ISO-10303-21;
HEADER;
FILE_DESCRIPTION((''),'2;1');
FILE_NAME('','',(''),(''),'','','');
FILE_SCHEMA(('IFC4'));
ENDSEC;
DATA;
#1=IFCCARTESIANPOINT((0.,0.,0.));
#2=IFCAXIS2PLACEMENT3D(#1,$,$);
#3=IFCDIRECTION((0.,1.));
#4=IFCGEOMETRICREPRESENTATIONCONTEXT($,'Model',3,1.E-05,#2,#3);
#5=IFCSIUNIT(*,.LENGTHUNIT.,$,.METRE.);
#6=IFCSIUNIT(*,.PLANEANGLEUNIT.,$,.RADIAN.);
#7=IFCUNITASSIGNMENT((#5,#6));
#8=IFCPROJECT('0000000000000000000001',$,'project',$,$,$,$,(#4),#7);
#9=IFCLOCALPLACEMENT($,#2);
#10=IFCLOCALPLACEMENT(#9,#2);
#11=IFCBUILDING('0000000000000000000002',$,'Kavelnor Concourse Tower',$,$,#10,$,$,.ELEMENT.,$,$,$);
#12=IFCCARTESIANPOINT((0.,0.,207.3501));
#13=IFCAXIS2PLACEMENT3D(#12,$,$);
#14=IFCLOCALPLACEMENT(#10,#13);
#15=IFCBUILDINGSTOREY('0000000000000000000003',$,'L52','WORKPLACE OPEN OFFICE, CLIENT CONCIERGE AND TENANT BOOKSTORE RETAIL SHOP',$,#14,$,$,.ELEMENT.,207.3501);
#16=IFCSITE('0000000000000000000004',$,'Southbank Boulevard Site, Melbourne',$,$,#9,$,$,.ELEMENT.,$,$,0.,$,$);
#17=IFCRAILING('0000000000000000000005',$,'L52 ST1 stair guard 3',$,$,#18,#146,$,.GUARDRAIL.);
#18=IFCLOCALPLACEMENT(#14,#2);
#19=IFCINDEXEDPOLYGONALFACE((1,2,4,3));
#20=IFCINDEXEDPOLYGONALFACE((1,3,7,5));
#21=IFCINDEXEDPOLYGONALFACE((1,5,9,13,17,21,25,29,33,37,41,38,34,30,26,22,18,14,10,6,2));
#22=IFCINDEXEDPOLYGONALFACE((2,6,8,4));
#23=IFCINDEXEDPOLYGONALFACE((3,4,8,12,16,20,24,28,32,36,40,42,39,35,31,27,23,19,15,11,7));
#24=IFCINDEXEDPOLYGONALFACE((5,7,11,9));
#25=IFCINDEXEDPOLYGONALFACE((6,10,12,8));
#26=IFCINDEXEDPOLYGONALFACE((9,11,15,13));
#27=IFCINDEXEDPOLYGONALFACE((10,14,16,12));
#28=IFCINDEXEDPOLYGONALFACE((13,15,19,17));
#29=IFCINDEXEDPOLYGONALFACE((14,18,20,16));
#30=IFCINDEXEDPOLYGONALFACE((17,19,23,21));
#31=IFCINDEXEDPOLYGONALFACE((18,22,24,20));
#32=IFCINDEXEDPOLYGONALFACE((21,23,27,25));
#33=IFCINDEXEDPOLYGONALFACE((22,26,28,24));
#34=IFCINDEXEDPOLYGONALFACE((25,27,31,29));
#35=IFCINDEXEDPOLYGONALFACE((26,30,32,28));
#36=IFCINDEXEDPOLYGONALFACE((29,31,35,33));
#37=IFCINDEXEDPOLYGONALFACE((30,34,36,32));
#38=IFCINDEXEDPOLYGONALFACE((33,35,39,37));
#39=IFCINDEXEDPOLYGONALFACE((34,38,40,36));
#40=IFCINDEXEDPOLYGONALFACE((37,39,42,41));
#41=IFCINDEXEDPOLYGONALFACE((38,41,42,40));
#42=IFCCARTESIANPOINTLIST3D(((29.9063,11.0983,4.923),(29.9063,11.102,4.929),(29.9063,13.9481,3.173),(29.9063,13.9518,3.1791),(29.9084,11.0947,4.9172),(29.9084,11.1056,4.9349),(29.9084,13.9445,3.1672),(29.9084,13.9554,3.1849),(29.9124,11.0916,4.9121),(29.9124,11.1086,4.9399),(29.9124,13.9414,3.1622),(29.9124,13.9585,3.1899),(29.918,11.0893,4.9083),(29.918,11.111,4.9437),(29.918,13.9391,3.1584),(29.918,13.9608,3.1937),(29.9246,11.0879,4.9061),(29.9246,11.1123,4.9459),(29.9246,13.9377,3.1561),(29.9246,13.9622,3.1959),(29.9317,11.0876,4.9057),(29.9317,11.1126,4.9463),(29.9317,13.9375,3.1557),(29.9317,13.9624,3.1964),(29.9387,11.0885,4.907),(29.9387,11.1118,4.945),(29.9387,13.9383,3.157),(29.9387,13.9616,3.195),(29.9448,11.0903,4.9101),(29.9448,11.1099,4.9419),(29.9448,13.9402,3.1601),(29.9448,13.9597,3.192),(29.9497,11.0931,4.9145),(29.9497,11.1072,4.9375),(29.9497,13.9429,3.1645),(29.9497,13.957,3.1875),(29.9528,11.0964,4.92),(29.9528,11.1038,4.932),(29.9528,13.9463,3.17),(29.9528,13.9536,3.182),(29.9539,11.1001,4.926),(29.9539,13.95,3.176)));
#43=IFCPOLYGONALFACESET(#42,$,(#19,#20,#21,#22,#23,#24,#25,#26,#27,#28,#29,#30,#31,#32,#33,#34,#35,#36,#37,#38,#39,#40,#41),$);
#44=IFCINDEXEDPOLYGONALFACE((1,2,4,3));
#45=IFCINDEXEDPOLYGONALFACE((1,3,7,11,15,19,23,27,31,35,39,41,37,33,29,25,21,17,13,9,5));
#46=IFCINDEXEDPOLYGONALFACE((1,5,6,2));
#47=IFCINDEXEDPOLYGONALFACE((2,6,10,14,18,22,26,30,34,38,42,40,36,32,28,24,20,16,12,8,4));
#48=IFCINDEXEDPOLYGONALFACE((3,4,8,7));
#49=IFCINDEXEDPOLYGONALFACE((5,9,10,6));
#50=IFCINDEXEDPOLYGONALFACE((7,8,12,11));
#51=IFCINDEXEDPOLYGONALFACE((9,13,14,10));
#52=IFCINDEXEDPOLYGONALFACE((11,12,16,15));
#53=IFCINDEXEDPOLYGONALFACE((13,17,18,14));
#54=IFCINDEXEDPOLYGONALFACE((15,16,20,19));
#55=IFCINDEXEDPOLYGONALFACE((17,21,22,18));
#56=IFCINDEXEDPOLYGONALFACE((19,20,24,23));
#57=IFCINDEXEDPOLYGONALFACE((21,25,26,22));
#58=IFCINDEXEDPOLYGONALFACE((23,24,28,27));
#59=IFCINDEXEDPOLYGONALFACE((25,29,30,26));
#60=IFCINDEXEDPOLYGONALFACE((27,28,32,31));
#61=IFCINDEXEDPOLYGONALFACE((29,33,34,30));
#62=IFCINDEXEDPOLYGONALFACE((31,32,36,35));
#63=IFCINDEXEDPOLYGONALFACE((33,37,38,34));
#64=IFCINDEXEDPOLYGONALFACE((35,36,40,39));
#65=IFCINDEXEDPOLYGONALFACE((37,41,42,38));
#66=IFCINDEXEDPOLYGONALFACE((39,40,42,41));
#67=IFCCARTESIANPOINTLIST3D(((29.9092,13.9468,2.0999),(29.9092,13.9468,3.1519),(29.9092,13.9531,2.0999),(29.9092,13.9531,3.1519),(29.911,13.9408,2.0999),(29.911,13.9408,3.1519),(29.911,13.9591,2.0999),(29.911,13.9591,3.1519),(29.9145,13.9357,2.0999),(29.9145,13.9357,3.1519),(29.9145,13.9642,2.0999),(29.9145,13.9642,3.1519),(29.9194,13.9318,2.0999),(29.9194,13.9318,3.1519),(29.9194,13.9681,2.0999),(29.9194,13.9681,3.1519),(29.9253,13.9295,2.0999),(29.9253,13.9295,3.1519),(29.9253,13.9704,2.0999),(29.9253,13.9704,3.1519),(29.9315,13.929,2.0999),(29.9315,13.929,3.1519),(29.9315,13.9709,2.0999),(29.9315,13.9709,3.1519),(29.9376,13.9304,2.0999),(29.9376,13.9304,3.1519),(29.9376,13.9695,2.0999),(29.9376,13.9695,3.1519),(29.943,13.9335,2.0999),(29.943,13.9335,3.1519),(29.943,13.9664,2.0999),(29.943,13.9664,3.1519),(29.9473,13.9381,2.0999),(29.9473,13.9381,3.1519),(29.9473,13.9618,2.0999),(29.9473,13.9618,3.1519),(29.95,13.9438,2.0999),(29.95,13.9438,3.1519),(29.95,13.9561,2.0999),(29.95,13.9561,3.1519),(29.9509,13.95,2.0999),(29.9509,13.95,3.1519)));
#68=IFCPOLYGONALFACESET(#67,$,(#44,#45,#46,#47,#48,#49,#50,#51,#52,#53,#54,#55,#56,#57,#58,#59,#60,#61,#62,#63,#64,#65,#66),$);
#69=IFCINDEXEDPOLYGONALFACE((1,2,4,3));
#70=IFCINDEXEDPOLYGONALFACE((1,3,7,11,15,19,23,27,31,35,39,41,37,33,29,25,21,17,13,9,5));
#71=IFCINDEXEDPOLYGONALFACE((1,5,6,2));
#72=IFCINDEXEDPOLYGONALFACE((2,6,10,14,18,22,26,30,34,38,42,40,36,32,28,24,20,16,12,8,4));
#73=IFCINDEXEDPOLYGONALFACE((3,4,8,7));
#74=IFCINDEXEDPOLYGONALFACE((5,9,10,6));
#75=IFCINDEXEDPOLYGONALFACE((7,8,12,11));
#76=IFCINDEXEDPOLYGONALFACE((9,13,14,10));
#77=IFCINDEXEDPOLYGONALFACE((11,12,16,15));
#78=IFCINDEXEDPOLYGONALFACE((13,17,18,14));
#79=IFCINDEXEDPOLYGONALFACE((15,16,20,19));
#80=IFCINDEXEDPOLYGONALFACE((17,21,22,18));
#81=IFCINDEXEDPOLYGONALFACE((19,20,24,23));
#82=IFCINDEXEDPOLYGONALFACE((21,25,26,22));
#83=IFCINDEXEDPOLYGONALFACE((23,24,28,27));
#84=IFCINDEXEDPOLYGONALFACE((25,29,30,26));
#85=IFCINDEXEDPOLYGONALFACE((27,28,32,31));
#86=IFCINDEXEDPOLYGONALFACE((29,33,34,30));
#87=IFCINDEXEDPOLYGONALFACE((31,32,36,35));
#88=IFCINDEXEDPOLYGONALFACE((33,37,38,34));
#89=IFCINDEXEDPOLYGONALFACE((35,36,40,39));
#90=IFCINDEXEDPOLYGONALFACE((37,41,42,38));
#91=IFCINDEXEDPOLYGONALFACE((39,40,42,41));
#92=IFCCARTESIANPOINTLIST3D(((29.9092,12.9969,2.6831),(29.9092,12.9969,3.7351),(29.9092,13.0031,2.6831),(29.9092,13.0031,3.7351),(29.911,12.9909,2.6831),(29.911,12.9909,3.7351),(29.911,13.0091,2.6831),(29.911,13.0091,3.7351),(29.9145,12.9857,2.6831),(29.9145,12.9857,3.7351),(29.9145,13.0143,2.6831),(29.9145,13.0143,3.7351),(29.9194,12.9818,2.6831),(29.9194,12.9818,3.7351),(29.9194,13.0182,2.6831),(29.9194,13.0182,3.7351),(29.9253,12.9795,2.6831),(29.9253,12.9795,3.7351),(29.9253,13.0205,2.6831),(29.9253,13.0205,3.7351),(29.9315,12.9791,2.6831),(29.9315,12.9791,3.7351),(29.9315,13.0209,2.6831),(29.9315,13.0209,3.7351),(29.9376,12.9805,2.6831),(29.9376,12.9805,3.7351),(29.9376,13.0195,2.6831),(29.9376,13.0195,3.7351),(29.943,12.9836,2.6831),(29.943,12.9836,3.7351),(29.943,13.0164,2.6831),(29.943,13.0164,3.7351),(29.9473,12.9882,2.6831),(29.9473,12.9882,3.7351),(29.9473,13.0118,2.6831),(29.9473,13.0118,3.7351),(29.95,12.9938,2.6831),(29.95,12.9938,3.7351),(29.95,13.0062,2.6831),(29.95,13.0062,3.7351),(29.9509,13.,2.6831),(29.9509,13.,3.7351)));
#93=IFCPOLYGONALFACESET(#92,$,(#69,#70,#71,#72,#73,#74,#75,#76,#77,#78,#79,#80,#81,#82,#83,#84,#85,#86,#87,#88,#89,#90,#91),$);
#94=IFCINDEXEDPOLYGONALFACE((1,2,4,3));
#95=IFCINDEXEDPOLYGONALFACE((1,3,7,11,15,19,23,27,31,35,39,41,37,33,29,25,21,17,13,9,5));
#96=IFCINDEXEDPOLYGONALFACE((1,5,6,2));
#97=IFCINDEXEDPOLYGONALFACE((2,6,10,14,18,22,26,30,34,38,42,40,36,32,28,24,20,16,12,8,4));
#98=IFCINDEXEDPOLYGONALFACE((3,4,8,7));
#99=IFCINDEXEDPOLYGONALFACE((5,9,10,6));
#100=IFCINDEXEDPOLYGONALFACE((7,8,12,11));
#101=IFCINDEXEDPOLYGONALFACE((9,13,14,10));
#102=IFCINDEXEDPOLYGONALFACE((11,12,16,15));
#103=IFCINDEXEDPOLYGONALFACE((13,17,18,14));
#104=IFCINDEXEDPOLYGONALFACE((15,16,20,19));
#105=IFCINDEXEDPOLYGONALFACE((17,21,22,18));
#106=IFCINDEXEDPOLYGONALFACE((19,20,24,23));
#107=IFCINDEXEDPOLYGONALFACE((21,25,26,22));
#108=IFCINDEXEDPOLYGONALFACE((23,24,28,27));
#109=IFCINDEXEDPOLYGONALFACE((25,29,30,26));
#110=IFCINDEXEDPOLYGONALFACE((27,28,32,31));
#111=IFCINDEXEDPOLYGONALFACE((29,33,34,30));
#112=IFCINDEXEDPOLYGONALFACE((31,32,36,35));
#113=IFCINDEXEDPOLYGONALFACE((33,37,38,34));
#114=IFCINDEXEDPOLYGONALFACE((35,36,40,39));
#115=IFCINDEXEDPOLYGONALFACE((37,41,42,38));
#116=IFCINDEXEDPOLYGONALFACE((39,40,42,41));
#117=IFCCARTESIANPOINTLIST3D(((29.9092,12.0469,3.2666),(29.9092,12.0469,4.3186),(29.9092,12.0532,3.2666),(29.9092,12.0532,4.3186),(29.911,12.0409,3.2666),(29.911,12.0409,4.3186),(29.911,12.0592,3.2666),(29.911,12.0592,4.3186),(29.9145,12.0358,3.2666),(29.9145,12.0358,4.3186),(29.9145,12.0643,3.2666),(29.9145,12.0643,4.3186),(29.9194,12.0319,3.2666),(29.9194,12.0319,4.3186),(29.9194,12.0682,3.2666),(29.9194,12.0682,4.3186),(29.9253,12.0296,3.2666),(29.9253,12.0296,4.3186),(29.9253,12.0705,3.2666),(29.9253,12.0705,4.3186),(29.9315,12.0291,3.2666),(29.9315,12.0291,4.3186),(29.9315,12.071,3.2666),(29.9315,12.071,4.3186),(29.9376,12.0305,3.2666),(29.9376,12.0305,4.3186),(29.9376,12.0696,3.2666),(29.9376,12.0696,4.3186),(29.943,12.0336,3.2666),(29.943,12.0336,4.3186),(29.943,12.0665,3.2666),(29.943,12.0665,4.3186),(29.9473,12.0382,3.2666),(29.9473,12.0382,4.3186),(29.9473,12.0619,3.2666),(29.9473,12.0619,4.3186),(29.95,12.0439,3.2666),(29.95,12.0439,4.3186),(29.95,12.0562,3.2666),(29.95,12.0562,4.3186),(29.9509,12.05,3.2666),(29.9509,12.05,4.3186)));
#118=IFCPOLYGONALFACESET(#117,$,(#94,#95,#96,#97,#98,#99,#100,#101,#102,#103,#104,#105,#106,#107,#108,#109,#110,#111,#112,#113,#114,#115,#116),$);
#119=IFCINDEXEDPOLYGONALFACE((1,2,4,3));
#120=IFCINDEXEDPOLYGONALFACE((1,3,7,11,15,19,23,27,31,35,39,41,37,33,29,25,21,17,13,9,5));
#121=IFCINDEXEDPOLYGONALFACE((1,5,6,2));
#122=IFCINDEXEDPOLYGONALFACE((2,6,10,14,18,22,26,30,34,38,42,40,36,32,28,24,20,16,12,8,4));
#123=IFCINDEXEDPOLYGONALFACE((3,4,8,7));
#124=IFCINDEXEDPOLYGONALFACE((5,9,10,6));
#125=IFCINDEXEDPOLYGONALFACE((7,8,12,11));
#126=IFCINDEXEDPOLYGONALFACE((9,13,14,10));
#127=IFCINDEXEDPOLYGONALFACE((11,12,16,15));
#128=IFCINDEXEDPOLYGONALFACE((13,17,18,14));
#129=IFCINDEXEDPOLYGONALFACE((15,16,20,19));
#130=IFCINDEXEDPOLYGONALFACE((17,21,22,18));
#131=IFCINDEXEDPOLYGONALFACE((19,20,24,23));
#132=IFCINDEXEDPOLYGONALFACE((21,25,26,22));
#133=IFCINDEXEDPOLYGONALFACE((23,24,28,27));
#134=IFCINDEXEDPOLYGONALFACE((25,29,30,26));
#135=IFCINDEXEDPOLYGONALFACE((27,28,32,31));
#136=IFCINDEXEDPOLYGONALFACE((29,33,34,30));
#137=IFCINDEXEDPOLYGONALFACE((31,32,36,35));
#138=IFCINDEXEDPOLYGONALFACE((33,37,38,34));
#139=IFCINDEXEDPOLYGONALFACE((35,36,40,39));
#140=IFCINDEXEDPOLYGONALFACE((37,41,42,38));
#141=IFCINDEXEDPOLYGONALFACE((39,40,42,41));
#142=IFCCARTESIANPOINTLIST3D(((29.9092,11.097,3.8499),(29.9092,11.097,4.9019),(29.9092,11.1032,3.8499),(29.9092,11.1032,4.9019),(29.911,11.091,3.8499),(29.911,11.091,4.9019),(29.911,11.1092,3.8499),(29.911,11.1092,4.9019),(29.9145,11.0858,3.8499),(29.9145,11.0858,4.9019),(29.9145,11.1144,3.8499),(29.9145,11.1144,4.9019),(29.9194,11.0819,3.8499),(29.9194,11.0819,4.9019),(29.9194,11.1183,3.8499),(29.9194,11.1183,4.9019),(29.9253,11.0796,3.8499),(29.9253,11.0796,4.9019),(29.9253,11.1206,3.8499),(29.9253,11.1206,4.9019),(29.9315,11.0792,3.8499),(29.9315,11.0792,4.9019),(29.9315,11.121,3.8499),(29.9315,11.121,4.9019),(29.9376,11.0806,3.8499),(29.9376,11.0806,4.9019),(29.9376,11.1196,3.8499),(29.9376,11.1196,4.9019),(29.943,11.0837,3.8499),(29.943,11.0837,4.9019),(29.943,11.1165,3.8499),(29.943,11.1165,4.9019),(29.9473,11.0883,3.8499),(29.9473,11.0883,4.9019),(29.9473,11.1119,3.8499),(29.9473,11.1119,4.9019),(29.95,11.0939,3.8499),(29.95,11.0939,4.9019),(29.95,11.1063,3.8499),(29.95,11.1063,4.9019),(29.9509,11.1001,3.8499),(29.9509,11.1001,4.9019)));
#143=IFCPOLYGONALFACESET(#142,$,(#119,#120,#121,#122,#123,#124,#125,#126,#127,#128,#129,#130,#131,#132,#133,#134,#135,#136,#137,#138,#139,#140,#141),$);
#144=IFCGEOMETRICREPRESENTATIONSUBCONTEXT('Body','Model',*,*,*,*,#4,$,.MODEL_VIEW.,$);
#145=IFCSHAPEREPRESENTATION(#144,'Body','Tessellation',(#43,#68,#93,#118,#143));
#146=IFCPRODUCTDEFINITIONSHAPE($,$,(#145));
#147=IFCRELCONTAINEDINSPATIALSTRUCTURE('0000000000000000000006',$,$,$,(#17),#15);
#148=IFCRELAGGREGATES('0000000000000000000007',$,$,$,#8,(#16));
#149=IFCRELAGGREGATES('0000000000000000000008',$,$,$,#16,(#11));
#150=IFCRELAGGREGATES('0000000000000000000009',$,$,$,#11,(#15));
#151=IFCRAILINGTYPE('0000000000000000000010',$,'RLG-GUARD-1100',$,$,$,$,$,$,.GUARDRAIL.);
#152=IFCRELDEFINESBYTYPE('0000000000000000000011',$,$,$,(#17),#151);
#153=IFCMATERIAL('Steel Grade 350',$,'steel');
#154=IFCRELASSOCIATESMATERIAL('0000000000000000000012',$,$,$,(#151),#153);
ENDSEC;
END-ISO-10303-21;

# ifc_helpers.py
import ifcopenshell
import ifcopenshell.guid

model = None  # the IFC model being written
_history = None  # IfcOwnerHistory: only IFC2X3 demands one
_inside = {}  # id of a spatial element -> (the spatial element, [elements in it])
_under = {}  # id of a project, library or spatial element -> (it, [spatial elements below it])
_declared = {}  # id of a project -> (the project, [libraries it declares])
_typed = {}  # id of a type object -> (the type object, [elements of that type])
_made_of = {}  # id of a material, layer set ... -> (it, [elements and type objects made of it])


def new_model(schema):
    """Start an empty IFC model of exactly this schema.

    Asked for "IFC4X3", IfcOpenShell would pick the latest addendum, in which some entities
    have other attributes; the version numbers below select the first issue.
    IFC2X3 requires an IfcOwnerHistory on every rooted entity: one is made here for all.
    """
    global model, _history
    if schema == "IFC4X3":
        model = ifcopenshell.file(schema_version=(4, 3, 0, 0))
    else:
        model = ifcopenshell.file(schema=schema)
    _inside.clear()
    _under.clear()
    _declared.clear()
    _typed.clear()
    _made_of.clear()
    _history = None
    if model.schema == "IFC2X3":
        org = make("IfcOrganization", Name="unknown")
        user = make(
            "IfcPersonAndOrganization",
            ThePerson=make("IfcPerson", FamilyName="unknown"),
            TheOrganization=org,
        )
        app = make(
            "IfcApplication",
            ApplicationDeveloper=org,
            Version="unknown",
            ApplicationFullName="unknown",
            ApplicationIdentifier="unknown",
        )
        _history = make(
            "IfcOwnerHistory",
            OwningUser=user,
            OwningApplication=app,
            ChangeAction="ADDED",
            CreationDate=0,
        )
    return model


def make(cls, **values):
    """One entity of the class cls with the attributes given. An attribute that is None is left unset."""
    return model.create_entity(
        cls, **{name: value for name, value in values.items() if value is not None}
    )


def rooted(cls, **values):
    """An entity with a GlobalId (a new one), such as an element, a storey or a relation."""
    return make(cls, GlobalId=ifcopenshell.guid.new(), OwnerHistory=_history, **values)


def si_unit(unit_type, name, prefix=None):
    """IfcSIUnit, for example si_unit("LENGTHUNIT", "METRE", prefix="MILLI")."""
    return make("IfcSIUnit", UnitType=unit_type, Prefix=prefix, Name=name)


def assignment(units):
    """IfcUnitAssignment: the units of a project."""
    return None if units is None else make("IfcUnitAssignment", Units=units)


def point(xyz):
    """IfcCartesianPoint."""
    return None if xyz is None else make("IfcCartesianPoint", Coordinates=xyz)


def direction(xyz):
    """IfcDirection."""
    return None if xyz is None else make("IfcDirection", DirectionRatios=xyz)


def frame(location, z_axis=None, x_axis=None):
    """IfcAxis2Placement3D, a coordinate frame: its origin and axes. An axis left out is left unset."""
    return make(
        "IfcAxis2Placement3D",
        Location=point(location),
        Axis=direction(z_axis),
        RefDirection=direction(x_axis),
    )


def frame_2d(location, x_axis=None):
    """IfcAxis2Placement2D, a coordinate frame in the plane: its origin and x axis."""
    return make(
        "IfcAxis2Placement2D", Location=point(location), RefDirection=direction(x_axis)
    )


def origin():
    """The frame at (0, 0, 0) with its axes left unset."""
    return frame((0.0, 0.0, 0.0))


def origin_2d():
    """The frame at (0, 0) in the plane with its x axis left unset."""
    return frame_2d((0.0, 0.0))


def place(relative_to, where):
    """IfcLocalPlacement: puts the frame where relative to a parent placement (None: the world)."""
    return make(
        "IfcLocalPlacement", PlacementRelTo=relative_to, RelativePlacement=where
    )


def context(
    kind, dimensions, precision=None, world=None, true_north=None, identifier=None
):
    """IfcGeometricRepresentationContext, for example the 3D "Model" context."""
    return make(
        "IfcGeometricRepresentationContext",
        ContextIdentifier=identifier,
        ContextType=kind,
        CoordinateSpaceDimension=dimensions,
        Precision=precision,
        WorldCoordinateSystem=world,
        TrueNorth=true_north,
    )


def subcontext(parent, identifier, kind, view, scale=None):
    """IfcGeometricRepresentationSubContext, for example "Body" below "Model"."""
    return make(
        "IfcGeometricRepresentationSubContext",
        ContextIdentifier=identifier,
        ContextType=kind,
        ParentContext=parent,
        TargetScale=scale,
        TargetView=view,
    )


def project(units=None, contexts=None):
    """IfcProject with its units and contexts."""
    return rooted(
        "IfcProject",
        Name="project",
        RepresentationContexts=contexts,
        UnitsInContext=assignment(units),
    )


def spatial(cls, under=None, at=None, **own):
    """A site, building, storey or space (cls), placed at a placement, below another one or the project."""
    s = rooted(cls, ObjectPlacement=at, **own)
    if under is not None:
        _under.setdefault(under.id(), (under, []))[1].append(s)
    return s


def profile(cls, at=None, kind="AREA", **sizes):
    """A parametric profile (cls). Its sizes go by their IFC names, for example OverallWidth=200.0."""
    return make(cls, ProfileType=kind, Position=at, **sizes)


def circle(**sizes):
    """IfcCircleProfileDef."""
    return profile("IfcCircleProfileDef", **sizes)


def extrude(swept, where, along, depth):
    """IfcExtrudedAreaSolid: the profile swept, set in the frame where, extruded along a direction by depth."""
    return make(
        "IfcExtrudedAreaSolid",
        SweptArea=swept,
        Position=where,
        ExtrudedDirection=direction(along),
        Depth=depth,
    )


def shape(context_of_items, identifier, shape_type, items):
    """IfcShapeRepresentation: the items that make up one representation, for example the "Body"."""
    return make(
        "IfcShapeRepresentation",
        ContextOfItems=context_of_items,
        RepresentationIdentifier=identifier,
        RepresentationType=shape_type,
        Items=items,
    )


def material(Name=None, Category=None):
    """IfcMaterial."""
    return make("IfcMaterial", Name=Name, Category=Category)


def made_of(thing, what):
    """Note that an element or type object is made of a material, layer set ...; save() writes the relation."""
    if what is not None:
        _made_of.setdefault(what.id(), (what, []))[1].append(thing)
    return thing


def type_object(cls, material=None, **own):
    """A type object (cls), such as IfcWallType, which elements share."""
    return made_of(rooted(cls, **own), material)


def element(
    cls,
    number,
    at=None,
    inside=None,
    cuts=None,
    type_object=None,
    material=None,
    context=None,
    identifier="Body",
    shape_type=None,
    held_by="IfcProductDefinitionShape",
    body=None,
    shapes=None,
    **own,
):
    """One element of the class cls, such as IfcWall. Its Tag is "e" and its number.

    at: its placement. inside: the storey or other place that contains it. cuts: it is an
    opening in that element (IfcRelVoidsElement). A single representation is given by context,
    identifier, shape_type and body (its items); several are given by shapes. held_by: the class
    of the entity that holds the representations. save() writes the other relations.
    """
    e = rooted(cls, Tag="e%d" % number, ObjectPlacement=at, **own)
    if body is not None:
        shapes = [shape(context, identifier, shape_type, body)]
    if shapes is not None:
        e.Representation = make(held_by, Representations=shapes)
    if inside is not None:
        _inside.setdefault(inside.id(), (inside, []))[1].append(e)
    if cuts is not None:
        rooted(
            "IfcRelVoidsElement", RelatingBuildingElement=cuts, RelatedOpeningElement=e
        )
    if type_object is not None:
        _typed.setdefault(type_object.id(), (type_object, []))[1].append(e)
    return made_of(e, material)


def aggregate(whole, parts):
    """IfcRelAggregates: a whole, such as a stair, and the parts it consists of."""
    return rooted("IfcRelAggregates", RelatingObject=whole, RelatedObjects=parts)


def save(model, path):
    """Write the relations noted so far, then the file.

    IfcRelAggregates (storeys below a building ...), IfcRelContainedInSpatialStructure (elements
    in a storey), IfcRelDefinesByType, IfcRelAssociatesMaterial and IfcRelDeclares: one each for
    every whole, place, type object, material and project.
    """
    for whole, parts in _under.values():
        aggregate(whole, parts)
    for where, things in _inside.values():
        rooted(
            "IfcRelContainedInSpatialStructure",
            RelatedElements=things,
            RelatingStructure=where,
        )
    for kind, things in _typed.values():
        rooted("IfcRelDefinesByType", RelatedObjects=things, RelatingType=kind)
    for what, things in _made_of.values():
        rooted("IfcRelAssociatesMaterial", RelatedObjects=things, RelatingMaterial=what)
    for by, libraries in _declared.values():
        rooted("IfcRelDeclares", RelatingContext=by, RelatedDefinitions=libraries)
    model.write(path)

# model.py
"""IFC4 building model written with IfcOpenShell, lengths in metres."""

from ifc_helpers import new_model, si_unit, direction, frame, origin, origin_2d, place, context, subcontext, project, spatial, circle, extrude, material, type_object, element, save


model = new_model("IFC4")

# Units and contexts
model_context = context("Model", 3, precision=1e-05, world=origin(), true_north=direction((0.0, 1.0)))
body_context = subcontext(model_context, "Body", "Model", "MODEL_VIEW")
ifc_project = project(units=[si_unit("LENGTHUNIT", "METRE"), si_unit("PLANEANGLEUNIT", "RADIAN")], contexts=[model_context])

# Site, building, storey
site_placement = place(None, origin())
site = spatial("IfcSite", under=ifc_project, at=site_placement, Name="Southbank Boulevard Site, Melbourne", CompositionType="ELEMENT", RefElevation=0.0)
building_placement = place(site_placement, origin())
building = spatial("IfcBuilding", under=site, at=building_placement, Name="Kavelnor Concourse Tower", CompositionType="ELEMENT")
storey_placement = place(building_placement, frame((0.0, 0.0, 207.3501)))
storey = spatial("IfcBuildingStorey", under=building, at=storey_placement, Name="L52", Description="WORKPLACE OPEN OFFICE, CLIENT CONCIERGE AND TENANT BOOKSTORE RETAIL SHOP", CompositionType="ELEMENT", Elevation=207.3501)

# Shared definitions
ifc_material_1 = material(Name="Steel Grade 350", Category="steel")

# Railing
railing_type_1 = type_object("IfcRailingType", Name="RLG-GUARD-1100", PredefinedType="GUARDRAIL", material=ifc_material_1)
railing_1_placement = place(storey_placement, frame((29.9299, 13.95, 2.0999)))
element("IfcRailing", 1, at=railing_1_placement, inside=storey, type_object=railing_type_1, Name="L52 ST1 stair guard 3", PredefinedType="GUARDRAIL", context=body_context, shape_type="SweptSolid", body=[
    extrude(circle(Radius=0.0239, at=origin_2d()), frame((0.0, 0.0, 1.0762), z_axis=(0.0, -0.852159, 0.523283), x_axis=(1.0, 0.0, 0.0)), (0.0, 0.0, 1.0), 3.3442),
    extrude(circle(Radius=0.021, at=origin_2d()), origin(), (0.0, 0.0, 1.0), 1.052),
    extrude(circle(Radius=0.021, at=origin_2d()), frame((0.0, -0.95, 0.5833)), (0.0, 0.0, 1.0), 1.052),
    extrude(circle(Radius=0.021, at=origin_2d()), frame((0.0, -1.8999, 1.1667)), (0.0, 0.0, 1.0), 1.052),
    extrude(circle(Radius=0.021, at=origin_2d()), frame((0.0, -2.8499, 1.75)), (0.0, 0.0, 1.0), 1.052),
])

save(model, "model.ifc")
